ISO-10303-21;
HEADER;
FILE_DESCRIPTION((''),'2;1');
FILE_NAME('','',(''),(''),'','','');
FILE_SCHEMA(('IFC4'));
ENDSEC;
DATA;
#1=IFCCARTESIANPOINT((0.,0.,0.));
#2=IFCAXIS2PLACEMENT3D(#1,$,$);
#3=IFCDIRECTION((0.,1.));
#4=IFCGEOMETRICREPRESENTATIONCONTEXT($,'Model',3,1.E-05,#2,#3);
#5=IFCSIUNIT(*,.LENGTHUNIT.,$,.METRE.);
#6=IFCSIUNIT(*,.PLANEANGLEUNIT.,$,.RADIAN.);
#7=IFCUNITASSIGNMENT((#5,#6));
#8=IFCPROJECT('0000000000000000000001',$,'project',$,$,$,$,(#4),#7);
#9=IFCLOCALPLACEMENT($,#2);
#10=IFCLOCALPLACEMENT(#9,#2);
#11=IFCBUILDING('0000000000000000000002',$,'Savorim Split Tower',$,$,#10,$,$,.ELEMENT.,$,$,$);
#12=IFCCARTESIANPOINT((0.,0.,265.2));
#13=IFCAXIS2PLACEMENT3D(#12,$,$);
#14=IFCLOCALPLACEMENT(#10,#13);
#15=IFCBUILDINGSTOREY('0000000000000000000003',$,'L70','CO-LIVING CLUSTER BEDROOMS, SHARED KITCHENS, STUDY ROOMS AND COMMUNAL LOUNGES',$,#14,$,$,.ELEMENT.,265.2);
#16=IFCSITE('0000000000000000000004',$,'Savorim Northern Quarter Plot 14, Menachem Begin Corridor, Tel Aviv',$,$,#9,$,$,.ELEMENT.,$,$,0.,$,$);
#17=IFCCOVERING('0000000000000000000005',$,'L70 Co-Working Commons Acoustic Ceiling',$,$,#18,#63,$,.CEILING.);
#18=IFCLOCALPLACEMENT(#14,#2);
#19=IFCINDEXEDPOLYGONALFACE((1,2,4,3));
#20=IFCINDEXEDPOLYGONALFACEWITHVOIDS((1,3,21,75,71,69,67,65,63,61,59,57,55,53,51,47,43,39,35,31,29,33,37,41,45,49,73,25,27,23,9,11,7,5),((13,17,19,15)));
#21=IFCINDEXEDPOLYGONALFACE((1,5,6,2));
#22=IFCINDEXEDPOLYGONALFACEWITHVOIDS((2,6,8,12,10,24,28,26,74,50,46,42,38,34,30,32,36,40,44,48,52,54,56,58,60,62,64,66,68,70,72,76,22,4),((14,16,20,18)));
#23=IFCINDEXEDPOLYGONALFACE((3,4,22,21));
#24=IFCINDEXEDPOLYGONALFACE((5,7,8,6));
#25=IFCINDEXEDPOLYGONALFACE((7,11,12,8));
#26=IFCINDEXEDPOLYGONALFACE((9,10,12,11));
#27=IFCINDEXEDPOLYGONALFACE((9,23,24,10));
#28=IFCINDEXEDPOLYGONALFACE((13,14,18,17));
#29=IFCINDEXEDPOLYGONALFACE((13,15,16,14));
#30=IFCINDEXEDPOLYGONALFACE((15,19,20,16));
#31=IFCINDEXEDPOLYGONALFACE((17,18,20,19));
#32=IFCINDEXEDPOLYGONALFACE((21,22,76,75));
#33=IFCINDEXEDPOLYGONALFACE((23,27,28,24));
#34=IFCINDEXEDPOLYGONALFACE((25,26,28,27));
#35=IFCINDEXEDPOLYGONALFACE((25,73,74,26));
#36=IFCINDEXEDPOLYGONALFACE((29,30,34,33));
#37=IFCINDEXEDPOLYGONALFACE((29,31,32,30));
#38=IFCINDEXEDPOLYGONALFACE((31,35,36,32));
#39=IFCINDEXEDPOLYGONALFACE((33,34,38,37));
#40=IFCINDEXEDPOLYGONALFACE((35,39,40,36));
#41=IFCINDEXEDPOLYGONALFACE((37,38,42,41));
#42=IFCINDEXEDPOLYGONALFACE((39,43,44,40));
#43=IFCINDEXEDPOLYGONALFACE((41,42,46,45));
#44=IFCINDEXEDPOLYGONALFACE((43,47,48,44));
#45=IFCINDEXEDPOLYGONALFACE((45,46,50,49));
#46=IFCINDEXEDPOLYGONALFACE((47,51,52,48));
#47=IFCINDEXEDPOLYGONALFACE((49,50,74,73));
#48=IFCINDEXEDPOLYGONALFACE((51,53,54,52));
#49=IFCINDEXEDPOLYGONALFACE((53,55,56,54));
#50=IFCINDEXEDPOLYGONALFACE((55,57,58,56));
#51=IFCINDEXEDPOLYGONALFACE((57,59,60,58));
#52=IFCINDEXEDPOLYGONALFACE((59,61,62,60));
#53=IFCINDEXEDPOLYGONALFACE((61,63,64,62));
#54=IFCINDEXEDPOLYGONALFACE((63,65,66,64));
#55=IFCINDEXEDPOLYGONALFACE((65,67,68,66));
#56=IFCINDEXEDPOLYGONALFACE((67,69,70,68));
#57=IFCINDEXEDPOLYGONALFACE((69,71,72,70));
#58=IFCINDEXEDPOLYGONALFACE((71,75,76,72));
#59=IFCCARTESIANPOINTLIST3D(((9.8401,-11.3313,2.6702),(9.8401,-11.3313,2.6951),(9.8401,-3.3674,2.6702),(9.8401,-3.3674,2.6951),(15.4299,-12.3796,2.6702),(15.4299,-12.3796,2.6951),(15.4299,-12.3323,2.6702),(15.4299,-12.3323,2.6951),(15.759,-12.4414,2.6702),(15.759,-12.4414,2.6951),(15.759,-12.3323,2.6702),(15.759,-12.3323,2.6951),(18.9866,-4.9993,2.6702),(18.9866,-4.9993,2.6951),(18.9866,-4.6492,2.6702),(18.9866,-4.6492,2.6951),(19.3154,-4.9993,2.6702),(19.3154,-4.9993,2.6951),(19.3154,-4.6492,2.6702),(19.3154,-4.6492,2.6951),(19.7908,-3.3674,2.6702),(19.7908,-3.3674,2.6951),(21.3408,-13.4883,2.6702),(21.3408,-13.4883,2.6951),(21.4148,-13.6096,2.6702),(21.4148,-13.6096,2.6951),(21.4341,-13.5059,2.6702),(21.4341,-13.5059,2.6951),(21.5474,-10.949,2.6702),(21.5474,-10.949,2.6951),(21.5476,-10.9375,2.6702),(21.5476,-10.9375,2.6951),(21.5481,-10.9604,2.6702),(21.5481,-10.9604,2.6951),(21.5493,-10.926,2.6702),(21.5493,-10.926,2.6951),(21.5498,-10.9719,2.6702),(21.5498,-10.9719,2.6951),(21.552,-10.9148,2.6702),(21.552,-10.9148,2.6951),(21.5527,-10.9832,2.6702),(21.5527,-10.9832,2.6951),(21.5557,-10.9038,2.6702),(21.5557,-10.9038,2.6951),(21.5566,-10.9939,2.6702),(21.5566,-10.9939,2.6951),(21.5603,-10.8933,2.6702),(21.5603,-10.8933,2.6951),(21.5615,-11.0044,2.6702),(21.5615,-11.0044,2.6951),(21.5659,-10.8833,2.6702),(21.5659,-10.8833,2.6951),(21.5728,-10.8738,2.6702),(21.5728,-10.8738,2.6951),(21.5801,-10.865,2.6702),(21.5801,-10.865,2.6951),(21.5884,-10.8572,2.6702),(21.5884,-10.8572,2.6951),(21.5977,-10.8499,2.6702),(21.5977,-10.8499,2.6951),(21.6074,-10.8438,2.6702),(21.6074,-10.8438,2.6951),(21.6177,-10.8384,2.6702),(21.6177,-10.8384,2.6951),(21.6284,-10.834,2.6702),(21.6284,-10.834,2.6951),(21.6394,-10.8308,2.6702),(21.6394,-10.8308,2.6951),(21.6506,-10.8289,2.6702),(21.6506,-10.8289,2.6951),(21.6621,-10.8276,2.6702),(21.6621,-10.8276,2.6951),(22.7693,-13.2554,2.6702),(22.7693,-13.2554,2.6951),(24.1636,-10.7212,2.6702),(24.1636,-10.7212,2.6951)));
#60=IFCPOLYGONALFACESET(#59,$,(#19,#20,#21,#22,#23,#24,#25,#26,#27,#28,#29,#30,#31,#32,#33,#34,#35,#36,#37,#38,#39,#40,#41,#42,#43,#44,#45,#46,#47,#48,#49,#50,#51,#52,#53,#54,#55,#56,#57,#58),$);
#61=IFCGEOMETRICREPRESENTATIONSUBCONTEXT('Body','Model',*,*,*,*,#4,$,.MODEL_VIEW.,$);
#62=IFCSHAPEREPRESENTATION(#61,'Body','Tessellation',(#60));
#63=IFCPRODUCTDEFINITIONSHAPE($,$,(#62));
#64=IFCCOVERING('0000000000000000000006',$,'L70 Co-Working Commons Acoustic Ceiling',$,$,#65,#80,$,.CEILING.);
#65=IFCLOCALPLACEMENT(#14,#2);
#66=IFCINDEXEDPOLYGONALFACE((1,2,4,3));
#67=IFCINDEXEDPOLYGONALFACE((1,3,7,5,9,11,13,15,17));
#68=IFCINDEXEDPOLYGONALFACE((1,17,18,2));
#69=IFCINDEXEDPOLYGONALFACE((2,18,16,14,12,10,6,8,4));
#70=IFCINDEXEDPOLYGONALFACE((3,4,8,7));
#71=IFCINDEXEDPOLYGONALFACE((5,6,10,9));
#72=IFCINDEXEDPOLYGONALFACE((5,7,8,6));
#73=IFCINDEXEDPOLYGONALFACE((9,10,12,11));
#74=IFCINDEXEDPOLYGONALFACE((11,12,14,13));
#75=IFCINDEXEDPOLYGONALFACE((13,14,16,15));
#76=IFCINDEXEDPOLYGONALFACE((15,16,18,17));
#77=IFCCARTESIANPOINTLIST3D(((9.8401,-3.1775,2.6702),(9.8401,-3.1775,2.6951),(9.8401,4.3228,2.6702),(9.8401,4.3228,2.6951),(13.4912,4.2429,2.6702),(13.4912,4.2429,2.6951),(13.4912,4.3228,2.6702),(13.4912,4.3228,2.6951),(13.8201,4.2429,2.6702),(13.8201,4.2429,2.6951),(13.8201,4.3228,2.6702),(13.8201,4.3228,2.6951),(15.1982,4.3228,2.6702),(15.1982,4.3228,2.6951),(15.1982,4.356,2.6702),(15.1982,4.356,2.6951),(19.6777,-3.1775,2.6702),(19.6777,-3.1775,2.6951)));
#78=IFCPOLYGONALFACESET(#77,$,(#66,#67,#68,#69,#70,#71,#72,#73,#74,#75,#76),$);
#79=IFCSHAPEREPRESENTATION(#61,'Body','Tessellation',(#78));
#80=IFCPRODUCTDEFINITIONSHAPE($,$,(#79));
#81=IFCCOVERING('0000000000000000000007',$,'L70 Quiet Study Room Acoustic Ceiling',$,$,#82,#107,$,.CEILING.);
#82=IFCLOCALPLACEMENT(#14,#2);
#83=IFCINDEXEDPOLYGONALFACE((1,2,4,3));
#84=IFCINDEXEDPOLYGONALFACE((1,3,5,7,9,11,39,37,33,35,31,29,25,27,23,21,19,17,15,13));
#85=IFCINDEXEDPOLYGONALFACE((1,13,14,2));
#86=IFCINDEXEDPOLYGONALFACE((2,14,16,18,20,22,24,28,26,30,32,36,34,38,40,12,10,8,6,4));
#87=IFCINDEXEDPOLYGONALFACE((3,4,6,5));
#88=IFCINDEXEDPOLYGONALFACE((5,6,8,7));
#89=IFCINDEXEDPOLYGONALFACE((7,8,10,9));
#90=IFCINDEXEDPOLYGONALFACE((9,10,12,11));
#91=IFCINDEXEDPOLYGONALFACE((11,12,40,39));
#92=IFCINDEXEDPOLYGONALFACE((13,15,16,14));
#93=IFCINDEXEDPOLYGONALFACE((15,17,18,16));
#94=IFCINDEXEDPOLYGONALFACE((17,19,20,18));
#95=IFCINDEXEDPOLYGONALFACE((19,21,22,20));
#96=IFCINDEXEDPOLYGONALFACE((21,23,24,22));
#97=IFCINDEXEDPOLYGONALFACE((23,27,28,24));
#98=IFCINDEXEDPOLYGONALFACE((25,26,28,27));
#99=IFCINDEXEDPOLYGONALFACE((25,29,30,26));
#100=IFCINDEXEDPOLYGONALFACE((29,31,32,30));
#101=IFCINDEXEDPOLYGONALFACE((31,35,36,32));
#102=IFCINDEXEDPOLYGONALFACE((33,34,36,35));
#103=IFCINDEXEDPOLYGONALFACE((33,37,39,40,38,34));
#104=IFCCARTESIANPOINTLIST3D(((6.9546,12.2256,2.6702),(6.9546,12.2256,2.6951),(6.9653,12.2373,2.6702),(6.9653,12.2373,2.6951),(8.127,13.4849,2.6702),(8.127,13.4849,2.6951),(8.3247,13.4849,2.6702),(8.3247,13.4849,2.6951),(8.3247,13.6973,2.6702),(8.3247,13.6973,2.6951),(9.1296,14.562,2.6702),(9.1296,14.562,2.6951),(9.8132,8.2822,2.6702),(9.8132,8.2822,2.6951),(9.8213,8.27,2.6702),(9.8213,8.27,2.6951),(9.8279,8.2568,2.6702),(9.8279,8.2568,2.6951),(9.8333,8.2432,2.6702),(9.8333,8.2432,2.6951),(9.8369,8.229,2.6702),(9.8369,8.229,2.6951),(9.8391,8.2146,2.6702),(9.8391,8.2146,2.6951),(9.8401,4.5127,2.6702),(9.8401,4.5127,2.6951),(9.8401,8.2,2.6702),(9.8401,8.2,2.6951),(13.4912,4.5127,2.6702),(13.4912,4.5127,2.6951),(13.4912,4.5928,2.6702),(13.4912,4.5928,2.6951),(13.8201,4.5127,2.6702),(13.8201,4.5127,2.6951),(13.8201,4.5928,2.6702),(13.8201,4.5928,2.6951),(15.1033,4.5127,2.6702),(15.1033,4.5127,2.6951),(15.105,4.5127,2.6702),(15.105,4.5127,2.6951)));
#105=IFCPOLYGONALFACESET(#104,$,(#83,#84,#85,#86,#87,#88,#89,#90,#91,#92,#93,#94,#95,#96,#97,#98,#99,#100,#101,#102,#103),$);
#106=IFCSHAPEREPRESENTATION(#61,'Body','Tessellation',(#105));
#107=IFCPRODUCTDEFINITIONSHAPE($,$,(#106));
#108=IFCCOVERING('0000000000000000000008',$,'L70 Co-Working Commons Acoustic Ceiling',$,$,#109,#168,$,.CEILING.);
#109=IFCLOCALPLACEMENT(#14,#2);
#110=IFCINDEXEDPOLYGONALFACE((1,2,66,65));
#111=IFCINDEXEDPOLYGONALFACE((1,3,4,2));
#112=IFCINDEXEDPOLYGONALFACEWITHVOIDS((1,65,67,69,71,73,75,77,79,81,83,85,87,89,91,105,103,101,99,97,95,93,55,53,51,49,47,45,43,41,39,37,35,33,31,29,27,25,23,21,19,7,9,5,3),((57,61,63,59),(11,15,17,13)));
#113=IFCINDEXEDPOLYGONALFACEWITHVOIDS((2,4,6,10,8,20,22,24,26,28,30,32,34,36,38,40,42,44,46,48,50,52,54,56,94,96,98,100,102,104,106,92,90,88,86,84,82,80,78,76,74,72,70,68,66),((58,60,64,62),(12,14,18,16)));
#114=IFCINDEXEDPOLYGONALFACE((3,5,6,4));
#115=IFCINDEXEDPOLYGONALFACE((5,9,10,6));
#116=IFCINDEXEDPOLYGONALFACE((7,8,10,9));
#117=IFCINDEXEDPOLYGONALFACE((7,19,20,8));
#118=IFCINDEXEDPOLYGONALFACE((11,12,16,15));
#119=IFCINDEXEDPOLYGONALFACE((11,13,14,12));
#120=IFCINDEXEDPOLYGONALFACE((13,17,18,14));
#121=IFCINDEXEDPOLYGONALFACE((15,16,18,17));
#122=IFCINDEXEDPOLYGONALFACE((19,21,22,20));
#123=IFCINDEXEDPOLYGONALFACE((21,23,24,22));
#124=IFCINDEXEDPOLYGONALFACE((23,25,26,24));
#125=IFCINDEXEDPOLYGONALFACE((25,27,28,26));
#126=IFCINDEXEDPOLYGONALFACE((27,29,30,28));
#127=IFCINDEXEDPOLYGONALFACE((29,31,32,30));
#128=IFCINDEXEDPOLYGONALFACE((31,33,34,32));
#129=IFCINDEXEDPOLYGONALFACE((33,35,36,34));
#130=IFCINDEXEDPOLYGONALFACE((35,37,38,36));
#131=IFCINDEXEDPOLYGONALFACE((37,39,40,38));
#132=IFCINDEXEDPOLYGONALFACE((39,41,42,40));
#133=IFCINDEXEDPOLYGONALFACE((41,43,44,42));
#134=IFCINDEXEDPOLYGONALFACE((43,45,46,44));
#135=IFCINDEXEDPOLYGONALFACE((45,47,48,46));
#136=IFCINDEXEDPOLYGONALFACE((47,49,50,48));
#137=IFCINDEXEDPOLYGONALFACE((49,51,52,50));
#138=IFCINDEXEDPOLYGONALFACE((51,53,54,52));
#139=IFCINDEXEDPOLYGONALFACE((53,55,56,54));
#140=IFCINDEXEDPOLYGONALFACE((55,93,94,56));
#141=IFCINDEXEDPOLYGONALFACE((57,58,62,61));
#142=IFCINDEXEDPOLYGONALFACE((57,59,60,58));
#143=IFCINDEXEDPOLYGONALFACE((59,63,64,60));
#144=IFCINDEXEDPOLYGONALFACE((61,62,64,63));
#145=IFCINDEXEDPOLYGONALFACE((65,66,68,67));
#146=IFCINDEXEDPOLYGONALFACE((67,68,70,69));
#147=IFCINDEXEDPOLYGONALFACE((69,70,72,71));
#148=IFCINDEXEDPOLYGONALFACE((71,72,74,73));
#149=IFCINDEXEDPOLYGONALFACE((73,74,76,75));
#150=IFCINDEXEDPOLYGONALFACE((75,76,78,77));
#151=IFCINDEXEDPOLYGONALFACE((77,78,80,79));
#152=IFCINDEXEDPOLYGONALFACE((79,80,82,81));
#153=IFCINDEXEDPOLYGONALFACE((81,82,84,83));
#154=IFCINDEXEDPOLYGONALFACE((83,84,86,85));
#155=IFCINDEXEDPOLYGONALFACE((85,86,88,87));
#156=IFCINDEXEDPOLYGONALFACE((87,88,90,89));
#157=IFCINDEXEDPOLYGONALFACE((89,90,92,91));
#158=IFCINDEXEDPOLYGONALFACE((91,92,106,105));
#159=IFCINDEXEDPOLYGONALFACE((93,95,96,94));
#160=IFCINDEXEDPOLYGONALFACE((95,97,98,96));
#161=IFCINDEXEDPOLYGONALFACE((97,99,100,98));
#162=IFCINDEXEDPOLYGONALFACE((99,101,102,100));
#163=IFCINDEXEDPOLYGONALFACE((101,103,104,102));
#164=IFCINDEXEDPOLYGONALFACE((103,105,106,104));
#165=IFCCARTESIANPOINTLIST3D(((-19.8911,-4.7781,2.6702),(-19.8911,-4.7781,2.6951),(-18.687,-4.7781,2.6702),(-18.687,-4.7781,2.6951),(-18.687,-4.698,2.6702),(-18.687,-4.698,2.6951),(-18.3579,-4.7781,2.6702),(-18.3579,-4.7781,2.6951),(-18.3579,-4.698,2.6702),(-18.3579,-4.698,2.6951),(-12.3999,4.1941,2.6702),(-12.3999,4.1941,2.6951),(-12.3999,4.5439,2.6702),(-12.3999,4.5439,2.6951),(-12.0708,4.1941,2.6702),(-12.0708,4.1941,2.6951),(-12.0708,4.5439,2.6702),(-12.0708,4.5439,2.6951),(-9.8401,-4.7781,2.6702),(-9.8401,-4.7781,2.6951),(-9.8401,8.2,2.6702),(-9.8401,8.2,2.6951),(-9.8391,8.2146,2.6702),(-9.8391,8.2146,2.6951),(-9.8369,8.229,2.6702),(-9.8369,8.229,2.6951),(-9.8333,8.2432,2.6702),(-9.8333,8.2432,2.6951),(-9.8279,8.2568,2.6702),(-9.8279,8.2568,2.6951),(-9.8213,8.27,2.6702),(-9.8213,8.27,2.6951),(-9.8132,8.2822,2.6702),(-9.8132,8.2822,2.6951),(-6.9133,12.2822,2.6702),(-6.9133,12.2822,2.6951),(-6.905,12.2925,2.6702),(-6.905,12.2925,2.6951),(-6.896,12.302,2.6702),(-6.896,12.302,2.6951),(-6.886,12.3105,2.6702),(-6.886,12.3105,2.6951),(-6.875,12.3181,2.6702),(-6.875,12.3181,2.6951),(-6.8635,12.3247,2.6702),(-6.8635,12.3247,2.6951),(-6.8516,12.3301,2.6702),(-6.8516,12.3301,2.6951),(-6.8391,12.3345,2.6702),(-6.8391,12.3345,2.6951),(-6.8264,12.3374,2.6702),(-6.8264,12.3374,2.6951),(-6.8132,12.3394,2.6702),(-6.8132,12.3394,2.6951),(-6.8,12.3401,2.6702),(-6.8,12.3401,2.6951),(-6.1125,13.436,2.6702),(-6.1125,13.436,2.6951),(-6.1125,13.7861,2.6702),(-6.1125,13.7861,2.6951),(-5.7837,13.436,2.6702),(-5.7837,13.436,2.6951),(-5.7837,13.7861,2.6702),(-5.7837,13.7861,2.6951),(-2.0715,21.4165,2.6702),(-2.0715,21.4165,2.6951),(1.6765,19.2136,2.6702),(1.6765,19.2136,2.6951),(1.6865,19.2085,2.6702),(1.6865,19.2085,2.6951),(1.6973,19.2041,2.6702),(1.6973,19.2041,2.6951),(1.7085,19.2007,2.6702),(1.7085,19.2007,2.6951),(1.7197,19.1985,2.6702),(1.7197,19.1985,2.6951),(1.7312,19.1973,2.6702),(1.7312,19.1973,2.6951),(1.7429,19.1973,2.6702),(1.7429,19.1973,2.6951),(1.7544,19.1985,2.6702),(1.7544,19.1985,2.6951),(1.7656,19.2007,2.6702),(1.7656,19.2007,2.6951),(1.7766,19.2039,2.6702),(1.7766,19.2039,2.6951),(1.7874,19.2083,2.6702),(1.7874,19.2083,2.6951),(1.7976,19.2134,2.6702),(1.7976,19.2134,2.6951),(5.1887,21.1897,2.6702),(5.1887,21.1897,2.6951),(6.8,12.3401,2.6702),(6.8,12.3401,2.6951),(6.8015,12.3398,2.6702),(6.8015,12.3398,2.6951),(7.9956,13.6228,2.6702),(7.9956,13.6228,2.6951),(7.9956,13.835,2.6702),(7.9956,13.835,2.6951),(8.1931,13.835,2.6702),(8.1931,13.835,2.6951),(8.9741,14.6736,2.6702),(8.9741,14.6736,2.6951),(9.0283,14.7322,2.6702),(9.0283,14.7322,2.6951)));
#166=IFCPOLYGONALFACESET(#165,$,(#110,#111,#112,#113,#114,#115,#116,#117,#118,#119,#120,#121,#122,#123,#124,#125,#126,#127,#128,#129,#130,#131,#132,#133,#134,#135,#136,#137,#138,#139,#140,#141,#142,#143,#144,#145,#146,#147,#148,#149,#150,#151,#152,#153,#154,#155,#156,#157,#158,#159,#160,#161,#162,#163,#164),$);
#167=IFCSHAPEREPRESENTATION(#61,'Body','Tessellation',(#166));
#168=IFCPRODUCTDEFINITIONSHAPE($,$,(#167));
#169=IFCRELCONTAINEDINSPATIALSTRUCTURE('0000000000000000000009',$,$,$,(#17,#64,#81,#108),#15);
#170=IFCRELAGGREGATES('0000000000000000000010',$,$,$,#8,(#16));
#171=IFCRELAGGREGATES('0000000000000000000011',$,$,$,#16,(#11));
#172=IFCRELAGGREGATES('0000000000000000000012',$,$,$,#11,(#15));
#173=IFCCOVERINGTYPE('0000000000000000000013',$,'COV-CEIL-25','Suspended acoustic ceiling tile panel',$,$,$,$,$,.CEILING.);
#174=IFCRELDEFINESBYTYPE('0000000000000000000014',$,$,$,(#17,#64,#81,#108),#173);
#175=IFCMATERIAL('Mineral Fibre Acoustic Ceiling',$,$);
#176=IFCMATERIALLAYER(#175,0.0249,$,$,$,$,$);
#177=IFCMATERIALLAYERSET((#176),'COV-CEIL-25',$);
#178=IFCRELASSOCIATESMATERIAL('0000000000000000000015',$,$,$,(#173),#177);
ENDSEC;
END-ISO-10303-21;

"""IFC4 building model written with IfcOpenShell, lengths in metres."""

from ifc_helpers import new_model, si_unit, direction, frame, origin, place, context, subcontext, project, spatial, polyline, outline, extrude, material, layer, layer_set, type_object, element, save


model = new_model("IFC4")

# Units and contexts
model_context = context("Model", 3, precision=1e-05, world=origin(), true_north=direction((0.0, 1.0)))
body_context = subcontext(model_context, "Body", "Model", "MODEL_VIEW")
ifc_project = project(units=[si_unit("LENGTHUNIT", "METRE"), si_unit("PLANEANGLEUNIT", "RADIAN")], contexts=[model_context])

# Site, building, storey
site_placement = place(None, origin())
site = spatial("IfcSite", under=ifc_project, at=site_placement, Name="Savorim Northern Quarter Plot 14, Menachem Begin Corridor, Tel Aviv", CompositionType="ELEMENT", RefElevation=0.0)
building_placement = place(site_placement, origin())
building = spatial("IfcBuilding", under=site, at=building_placement, Name="Savorim Split Tower", CompositionType="ELEMENT")
storey_placement = place(building_placement, frame((0.0, 0.0, 265.2)))
storey = spatial("IfcBuildingStorey", under=building, at=storey_placement, Name="L70", Description="CO-LIVING CLUSTER BEDROOMS, SHARED KITCHENS, STUDY ROOMS AND COMMUNAL LOUNGES", CompositionType="ELEMENT", Elevation=265.2)

# Coverings
ifc_material_1 = material(Name="Mineral Fibre Acoustic Ceiling")
ifc_layer_1 = layer(ifc_material_1, 0.0249)
ifc_layer_set_1 = layer_set([ifc_layer_1], Name="COV-CEIL-25")
covering_type_1 = type_object("IfcCoveringType", Name="COV-CEIL-25", Description="Suspended acoustic ceiling tile panel", PredefinedType="CEILING", material=ifc_layer_set_1)
covering_1_placement = place(storey_placement, frame((0.0, 0.0, 2.6702)))
element("IfcCovering", 1, at=covering_1_placement, inside=storey, type_object=covering_type_1, Name="L70 Co-Working Commons Acoustic Ceiling", PredefinedType="CEILING", context=body_context, shape_type="SweptSolid", body=[
    extrude(outline(polyline([(21.6394, -10.8308), (21.6506, -10.8289), (21.6621, -10.8276), (24.1636, -10.7212), (19.7908, -3.3674), (9.8401, -3.3674), (9.8401, -11.3313), (15.4299, -12.3796), (15.4299, -12.3323), (15.759, -12.3323), (15.759, -12.4414), (21.3408, -13.4883), (21.4341, -13.5059), (21.4148, -13.6096), (22.7693, -13.2554), (21.5615, -11.0044), (21.5566, -10.9939), (21.5527, -10.9832), (21.5498, -10.9719), (21.5481, -10.9604), (21.5474, -10.949), (21.5476, -10.9375), (21.5493, -10.926), (21.552, -10.9148), (21.5557, -10.9038), (21.5603, -10.8933), (21.5659, -10.8833), (21.5728, -10.8738), (21.5801, -10.865), (21.5884, -10.8572), (21.5977, -10.8499), (21.6074, -10.8438), (21.6177, -10.8384), (21.6284, -10.834), (21.6394, -10.8308)]), holes=[polyline([(19.3154, -4.9993), (19.3154, -4.6492), (18.9866, -4.6492), (18.9866, -4.9993), (19.3154, -4.9993)])]), origin(), (0.0, 0.0, 1.0), 0.0249),
])
covering_2_placement = place(storey_placement, frame((0.0, 0.0, 2.6702)))
element("IfcCovering", 2, at=covering_2_placement, inside=storey, type_object=covering_type_1, Name="L70 Co-Working Commons Acoustic Ceiling", PredefinedType="CEILING", context=body_context, shape_type="SweptSolid", body=[
    extrude(outline(polyline([(13.4912, 4.2429), (13.4912, 4.3228), (9.8401, 4.3228), (9.8401, -3.1775), (19.6777, -3.1775), (15.1982, 4.356), (15.1982, 4.3228), (13.8201, 4.3228), (13.8201, 4.2429), (13.4912, 4.2429)])), origin(), (0.0, 0.0, 1.0), 0.0249),
])
covering_3_placement = place(storey_placement, frame((0.0, 0.0, 2.6702)))
element("IfcCovering", 3, at=covering_3_placement, inside=storey, type_object=covering_type_1, Name="L70 Quiet Study Room Acoustic Ceiling", PredefinedType="CEILING", context=body_context, shape_type="SweptSolid", body=[
    extrude(outline(polyline([(13.8201, 4.5928), (13.8201, 4.5127), (15.1033, 4.5127), (15.105, 4.5127), (9.1296, 14.562), (8.3247, 13.6973), (8.3247, 13.4849), (8.127, 13.4849), (6.9653, 12.2373), (6.9546, 12.2256), (9.8132, 8.2822), (9.8213, 8.27), (9.8279, 8.2568), (9.8333, 8.2432), (9.8369, 8.229), (9.8391, 8.2146), (9.8401, 8.2), (9.8401, 4.5127), (13.4912, 4.5127), (13.4912, 4.5928), (13.8201, 4.5928)])), origin(), (0.0, 0.0, 1.0), 0.0249),
])
covering_4_placement = place(storey_placement, frame((0.0, 0.0, 2.6702)))
element("IfcCovering", 4, at=covering_4_placement, inside=storey, type_object=covering_type_1, Name="L70 Co-Working Commons Acoustic Ceiling", PredefinedType="CEILING", context=body_context, shape_type="SweptSolid", body=[
    extrude(outline(polyline([(1.6973, 19.2041), (1.6865, 19.2085), (1.6765, 19.2136), (-2.0715, 21.4165), (-19.8911, -4.7781), (-18.687, -4.7781), (-18.687, -4.698), (-18.3579, -4.698), (-18.3579, -4.7781), (-9.8401, -4.7781), (-9.8401, 8.2), (-9.8391, 8.2146), (-9.8369, 8.229), (-9.8333, 8.2432), (-9.8279, 8.2568), (-9.8213, 8.27), (-9.8132, 8.2822), (-6.9133, 12.2822), (-6.905, 12.2925), (-6.896, 12.302), (-6.886, 12.3105), (-6.875, 12.3181), (-6.8635, 12.3247), (-6.8516, 12.3301), (-6.8391, 12.3345), (-6.8264, 12.3374), (-6.8132, 12.3394), (-6.8, 12.3401), (6.8, 12.3401), (6.8015, 12.3398), (7.9956, 13.6228), (7.9956, 13.835), (8.1931, 13.835), (8.9741, 14.6736), (9.0283, 14.7322), (5.1887, 21.1897), (1.7976, 19.2134), (1.7874, 19.2083), (1.7766, 19.2039), (1.7656, 19.2007), (1.7544, 19.1985), (1.7429, 19.1973), (1.7312, 19.1973), (1.7197, 19.1985), (1.7085, 19.2007), (1.6973, 19.2041)]), holes=[polyline([(-5.7837, 13.7861), (-6.1125, 13.7861), (-6.1125, 13.436), (-5.7837, 13.436), (-5.7837, 13.7861)]), polyline([(-12.3999, 4.5439), (-12.3999, 4.1941), (-12.0708, 4.1941), (-12.0708, 4.5439), (-12.3999, 4.5439)])]), origin(), (0.0, 0.0, 1.0), 0.0249),
])

save(model, "model.ifc")
